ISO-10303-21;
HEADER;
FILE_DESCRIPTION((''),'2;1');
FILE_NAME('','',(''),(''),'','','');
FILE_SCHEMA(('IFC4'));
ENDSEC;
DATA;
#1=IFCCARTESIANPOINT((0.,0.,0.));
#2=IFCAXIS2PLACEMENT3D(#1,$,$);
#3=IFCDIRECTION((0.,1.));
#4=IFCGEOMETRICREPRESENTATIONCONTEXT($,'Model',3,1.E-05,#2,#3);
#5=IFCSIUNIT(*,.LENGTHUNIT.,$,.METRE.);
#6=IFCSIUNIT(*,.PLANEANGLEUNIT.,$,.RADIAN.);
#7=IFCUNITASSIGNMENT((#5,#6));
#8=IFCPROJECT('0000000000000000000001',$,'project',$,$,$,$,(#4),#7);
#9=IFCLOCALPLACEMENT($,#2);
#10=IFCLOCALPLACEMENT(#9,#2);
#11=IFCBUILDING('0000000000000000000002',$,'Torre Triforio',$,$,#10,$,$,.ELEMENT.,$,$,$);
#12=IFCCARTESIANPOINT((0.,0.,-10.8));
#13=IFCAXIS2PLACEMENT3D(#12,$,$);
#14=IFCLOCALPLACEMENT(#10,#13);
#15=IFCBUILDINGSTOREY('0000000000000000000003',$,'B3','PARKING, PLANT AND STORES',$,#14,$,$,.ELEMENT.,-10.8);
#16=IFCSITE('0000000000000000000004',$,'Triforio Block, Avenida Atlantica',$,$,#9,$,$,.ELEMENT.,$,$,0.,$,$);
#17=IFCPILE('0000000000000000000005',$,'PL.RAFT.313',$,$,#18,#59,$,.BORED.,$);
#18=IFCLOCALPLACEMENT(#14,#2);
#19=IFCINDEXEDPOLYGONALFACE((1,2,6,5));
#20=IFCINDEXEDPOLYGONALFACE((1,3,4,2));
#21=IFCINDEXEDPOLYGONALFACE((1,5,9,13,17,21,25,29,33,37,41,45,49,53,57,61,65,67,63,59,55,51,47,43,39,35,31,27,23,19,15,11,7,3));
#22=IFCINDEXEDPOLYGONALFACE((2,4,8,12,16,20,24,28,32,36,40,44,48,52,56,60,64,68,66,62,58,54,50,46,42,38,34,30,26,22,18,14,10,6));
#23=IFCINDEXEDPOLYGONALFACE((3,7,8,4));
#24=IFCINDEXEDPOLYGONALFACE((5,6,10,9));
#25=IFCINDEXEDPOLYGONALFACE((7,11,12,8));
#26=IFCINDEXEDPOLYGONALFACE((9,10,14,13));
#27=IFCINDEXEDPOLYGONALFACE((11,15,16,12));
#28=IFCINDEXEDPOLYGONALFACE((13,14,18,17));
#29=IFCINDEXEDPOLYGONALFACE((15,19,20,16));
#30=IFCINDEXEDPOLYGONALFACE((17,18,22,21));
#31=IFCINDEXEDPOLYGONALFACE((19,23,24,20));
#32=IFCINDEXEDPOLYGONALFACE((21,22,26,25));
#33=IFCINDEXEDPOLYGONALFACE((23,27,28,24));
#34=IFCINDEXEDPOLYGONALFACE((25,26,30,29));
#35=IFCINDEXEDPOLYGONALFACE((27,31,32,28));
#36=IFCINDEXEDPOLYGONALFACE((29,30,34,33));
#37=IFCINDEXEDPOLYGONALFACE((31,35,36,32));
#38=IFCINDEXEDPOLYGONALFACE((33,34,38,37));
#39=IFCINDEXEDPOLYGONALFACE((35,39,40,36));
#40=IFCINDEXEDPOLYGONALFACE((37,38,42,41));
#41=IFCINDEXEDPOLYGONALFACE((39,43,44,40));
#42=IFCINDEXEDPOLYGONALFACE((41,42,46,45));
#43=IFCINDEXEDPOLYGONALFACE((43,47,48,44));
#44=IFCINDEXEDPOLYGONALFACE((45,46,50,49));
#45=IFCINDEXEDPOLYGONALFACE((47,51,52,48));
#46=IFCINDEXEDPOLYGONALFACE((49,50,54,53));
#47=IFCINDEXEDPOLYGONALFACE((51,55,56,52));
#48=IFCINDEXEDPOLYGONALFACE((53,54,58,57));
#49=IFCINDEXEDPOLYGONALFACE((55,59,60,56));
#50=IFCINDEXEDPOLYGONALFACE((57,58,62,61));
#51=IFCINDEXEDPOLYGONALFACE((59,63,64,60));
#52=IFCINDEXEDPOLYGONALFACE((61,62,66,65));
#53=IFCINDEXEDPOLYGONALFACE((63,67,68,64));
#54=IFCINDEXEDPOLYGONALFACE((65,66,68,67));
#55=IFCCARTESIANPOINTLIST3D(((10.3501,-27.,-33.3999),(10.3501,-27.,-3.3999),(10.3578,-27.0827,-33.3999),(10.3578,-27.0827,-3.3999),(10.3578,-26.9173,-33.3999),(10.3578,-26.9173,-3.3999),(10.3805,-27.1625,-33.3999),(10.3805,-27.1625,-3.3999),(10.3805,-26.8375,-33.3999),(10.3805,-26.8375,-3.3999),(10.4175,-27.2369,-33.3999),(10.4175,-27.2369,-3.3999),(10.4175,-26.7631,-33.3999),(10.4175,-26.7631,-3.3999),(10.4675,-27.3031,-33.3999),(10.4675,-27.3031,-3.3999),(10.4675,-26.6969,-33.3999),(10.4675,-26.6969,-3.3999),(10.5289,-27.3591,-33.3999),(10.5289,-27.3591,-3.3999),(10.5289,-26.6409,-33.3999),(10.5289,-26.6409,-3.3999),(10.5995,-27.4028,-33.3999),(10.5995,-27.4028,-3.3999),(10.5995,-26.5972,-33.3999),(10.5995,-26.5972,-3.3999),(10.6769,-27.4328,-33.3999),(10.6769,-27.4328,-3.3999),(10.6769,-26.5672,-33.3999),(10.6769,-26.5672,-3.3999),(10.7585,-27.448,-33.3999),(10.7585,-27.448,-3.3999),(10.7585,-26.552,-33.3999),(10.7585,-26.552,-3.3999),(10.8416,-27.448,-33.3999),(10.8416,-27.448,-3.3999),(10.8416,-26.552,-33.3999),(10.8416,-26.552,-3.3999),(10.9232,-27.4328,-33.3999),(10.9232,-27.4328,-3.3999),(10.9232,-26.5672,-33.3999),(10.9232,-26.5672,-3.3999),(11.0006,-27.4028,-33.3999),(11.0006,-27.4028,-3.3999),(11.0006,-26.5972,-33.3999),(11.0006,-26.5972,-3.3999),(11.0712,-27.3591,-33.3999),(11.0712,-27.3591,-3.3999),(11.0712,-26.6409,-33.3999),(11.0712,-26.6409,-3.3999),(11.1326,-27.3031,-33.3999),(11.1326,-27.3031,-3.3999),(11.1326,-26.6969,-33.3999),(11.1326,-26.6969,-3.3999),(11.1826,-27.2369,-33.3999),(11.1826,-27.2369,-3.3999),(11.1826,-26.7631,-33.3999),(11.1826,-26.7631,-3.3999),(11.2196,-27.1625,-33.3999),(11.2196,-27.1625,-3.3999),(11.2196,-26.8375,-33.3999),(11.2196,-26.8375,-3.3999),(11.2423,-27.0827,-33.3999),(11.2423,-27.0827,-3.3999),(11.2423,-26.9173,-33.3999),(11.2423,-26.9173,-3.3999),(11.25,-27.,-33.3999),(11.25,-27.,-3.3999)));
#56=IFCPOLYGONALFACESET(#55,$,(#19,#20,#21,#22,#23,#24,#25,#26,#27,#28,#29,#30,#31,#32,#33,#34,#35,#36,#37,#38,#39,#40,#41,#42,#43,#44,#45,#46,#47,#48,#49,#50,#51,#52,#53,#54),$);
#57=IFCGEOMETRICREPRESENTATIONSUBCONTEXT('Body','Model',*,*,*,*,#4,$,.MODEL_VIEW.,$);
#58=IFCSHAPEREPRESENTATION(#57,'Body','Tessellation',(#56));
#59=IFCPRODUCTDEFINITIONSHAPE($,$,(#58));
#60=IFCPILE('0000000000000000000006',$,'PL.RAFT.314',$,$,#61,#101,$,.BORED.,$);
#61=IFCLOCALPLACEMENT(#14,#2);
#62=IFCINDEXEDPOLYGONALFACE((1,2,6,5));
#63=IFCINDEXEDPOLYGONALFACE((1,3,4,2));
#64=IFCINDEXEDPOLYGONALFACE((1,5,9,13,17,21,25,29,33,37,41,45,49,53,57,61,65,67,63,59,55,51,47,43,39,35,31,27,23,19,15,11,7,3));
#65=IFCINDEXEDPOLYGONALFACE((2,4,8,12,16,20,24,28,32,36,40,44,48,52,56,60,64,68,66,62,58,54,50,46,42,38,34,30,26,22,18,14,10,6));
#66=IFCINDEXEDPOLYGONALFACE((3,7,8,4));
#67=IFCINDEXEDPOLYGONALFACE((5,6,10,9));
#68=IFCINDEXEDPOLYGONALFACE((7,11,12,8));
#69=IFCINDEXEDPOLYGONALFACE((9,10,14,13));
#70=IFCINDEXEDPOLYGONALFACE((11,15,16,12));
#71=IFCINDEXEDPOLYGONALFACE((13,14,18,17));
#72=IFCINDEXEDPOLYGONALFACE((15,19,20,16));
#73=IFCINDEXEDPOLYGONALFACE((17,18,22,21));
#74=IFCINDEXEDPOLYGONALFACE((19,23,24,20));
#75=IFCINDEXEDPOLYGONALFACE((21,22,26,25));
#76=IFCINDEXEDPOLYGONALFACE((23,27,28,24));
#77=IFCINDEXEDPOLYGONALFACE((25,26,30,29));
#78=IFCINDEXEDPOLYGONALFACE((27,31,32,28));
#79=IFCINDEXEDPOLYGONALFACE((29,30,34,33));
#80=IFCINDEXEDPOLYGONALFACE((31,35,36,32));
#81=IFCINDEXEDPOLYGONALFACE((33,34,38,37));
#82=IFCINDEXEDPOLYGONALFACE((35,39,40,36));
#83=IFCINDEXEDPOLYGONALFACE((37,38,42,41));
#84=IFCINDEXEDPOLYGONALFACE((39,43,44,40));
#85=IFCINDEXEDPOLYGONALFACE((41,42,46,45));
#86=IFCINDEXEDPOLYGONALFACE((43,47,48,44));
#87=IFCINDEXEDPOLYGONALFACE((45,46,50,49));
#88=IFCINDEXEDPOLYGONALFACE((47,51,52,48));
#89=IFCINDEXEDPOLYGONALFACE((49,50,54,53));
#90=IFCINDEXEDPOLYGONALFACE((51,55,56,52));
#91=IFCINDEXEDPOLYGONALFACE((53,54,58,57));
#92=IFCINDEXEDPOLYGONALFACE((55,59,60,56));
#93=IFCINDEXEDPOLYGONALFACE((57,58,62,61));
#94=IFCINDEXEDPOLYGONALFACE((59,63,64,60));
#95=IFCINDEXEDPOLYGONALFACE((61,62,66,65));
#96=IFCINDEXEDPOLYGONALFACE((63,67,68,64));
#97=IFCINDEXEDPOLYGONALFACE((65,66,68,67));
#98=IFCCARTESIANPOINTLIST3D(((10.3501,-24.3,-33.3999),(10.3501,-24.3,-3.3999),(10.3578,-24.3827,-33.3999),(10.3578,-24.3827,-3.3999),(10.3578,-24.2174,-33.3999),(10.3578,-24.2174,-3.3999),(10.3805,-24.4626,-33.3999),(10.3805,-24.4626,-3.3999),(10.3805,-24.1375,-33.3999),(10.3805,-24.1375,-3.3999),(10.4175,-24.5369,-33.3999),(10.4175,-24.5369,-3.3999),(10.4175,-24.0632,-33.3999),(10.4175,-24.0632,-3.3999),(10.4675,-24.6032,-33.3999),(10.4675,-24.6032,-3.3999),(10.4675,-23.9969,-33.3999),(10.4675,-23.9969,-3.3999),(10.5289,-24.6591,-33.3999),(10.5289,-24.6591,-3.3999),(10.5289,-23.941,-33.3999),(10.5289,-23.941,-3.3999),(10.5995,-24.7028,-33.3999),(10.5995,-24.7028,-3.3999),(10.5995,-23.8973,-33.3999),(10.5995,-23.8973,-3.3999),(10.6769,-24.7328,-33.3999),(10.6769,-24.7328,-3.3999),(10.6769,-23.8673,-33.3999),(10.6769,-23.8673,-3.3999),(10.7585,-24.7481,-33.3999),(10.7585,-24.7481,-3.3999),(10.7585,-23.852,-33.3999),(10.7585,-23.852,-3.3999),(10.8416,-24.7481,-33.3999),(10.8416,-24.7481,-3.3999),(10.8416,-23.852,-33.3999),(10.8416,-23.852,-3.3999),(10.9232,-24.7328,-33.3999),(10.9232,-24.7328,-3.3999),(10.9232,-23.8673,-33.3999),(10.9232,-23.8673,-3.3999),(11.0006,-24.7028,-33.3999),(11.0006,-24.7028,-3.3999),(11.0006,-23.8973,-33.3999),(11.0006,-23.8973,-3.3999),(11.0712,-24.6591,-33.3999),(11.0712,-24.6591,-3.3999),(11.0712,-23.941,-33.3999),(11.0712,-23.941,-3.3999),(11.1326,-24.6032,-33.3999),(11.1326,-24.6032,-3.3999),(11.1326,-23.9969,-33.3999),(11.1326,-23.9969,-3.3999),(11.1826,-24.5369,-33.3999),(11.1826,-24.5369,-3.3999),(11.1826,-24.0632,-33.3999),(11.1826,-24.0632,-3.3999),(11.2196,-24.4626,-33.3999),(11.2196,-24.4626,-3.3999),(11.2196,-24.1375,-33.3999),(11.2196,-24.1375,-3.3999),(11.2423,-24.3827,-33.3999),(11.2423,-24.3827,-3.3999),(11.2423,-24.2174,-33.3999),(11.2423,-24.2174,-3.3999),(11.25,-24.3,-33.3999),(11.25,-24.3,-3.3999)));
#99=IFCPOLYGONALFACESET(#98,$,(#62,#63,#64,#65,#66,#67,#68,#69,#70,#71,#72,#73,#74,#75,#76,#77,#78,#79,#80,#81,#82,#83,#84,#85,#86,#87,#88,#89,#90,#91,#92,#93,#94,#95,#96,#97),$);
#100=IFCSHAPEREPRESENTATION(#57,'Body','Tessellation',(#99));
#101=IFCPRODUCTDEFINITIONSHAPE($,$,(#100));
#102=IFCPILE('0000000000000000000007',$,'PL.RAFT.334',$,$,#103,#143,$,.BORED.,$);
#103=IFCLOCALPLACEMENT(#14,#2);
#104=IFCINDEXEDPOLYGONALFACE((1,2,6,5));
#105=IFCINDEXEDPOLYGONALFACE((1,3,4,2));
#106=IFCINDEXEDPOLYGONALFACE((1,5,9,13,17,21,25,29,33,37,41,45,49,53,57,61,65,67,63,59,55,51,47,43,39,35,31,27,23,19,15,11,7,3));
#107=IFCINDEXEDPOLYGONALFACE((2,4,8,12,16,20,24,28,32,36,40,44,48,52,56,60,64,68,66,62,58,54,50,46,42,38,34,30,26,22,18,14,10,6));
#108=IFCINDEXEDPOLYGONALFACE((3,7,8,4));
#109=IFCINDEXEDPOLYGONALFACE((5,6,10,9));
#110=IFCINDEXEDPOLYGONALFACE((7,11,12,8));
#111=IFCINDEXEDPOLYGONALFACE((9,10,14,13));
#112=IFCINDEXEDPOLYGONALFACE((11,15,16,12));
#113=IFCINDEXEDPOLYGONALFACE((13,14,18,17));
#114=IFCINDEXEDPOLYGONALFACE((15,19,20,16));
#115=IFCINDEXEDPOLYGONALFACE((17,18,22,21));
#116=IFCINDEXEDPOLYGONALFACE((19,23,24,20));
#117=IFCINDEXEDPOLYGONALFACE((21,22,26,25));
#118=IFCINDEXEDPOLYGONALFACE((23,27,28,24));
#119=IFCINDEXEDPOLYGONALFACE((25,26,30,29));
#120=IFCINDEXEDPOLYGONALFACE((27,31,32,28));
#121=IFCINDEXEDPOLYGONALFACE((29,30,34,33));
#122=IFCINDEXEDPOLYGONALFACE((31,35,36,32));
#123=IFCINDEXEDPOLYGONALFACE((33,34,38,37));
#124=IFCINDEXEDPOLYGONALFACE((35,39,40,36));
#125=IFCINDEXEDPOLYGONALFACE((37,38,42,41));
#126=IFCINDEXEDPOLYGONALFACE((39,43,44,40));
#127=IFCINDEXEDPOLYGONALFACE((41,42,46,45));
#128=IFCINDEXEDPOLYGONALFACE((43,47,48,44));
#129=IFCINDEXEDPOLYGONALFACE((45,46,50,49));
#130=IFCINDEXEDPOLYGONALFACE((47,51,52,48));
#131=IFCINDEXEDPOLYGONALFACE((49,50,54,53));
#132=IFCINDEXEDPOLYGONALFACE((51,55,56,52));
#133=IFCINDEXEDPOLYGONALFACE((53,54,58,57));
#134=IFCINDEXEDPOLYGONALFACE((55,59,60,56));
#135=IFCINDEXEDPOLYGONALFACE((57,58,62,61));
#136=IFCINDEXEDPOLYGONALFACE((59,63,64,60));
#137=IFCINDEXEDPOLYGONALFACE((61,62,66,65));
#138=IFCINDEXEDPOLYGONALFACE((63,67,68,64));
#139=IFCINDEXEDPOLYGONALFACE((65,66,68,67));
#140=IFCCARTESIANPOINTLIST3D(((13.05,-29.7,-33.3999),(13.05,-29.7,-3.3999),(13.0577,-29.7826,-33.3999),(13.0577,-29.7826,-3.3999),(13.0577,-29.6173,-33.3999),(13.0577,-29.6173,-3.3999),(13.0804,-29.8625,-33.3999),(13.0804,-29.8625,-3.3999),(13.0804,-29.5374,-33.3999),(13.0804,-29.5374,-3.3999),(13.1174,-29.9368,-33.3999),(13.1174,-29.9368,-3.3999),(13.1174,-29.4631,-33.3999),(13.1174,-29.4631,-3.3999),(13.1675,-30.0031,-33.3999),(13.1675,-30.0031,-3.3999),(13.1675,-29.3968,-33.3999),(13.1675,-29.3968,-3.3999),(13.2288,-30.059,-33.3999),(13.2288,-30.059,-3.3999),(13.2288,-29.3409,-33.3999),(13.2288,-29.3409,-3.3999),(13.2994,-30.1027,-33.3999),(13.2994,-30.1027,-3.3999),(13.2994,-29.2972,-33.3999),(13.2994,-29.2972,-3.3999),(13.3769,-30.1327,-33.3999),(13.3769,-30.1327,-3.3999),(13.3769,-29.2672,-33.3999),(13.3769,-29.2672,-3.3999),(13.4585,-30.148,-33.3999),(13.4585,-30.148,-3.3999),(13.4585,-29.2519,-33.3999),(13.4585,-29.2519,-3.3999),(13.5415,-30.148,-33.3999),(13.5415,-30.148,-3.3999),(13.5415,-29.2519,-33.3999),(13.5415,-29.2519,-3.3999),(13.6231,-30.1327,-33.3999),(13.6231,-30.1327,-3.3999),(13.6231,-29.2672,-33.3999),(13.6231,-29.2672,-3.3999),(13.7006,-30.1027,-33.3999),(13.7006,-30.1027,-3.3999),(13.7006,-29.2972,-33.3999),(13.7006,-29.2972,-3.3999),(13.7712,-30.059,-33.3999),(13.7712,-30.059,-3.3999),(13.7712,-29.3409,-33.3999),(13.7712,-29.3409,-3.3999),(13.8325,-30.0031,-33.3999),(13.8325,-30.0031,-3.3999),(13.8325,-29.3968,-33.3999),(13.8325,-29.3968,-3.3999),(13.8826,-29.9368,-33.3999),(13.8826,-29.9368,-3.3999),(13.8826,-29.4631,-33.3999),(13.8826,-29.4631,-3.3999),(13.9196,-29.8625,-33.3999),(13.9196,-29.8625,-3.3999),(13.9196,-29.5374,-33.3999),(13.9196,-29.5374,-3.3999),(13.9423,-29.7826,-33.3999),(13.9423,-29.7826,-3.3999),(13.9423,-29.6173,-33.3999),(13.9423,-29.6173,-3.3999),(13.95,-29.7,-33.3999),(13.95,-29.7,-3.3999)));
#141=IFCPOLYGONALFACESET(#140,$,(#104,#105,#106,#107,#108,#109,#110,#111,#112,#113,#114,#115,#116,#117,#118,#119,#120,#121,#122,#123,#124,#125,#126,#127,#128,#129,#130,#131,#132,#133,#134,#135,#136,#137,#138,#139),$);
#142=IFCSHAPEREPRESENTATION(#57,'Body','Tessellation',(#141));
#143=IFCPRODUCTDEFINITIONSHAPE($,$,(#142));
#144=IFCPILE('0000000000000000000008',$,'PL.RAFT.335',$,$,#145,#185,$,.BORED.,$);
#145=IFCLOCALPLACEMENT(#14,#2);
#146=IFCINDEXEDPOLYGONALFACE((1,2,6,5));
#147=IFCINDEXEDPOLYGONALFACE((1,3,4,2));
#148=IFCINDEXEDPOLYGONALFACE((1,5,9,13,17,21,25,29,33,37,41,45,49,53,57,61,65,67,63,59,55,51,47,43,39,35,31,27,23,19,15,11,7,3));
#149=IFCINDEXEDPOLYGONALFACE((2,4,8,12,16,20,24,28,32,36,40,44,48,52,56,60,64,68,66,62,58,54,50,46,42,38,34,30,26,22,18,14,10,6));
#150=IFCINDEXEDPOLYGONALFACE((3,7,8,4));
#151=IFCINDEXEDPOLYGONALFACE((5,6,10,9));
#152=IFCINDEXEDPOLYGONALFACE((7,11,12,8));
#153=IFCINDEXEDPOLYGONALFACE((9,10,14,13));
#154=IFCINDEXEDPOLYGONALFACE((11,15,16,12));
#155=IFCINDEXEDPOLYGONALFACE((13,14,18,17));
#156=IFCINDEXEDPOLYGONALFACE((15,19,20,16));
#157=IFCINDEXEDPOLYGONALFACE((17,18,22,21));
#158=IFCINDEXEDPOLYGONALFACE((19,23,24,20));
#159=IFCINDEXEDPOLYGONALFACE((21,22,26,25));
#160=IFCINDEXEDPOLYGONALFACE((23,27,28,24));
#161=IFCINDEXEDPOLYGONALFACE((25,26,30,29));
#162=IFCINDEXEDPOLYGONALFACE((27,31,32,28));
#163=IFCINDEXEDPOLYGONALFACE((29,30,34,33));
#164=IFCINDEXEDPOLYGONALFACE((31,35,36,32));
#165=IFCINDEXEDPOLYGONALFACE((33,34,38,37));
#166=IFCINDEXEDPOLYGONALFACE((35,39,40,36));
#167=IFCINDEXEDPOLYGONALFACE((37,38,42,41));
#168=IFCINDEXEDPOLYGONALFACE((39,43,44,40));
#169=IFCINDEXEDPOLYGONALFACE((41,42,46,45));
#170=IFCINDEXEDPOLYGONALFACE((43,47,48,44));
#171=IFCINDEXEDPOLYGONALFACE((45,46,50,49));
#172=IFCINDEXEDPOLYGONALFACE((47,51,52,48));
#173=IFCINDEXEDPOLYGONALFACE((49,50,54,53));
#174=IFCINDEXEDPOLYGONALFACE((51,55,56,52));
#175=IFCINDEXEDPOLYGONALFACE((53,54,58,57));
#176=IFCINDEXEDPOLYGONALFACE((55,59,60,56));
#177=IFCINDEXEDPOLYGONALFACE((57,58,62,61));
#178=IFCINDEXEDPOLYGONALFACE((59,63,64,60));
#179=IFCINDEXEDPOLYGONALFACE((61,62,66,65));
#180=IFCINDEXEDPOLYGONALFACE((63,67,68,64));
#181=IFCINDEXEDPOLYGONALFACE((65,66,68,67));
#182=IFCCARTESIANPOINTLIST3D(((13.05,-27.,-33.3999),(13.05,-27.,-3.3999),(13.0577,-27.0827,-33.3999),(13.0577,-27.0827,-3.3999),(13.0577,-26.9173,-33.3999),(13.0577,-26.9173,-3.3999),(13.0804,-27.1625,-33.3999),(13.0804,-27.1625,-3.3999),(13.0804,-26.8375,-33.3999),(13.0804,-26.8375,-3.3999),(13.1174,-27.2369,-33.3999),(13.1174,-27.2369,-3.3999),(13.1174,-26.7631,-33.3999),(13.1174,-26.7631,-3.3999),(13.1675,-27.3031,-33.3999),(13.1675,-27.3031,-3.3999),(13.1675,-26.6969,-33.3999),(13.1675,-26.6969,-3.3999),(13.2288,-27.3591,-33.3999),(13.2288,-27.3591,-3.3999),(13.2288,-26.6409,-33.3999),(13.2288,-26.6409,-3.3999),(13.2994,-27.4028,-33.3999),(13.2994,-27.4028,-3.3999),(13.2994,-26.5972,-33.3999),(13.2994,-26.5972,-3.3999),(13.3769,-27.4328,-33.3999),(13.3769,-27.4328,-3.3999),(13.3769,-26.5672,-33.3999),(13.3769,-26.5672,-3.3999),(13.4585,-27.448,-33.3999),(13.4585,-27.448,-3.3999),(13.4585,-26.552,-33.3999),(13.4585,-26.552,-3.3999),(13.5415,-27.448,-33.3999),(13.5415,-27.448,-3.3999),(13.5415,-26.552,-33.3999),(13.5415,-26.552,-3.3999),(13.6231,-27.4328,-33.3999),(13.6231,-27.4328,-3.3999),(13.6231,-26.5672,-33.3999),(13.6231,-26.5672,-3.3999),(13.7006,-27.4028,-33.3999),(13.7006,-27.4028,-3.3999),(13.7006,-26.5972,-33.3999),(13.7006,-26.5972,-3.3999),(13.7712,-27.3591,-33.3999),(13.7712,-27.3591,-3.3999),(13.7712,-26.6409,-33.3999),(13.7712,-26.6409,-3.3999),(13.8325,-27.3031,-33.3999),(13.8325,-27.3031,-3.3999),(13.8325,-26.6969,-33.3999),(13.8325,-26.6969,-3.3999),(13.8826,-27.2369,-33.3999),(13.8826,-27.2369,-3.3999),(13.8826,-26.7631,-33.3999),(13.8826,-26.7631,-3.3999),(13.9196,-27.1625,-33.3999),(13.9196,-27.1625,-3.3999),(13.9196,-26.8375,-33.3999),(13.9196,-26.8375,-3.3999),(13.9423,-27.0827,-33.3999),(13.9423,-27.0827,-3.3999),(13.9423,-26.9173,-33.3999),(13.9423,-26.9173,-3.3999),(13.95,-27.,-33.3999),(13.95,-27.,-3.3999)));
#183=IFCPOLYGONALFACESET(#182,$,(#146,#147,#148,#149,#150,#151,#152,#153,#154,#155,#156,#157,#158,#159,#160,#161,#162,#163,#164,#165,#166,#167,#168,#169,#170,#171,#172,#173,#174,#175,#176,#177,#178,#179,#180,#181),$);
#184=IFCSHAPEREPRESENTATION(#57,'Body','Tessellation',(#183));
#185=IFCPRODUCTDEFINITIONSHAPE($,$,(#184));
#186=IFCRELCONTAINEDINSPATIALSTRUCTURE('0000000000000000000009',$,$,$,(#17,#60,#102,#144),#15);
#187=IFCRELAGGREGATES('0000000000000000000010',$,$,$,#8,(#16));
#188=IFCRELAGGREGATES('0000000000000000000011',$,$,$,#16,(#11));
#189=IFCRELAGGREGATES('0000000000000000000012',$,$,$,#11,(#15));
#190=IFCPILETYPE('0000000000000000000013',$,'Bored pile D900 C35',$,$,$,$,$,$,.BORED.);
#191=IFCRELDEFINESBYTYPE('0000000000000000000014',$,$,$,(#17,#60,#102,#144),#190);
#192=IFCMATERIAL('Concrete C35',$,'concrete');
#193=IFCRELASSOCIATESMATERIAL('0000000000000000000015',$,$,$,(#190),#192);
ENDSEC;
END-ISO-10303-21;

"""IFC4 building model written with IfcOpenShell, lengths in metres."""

from ifc_helpers import new_model, si_unit, direction, frame, origin, origin_2d, place, context, subcontext, project, spatial, circle, extrude, material, material_profile, profile_set, type_object, element, save


model = new_model("IFC4")

# Units and contexts
model_context = context("Model", 3, precision=1e-05, world=origin(), true_north=direction((0.0, 1.0)))
body_context = subcontext(model_context, "Body", "Model", "MODEL_VIEW")
ifc_project = project(units=[si_unit("LENGTHUNIT", "METRE"), si_unit("PLANEANGLEUNIT", "RADIAN")], contexts=[model_context])

# Site, building, storey
site_placement = place(None, origin())
site = spatial("IfcSite", under=ifc_project, at=site_placement, Name="Triforio Block, Avenida Atlantica", CompositionType="ELEMENT", RefElevation=0.0)
building_placement = place(site_placement, origin())
building = spatial("IfcBuilding", under=site, at=building_placement, Name="Torre Triforio", CompositionType="ELEMENT")
storey_placement = place(building_placement, frame((0.0, 0.0, -10.8)))
storey = spatial("IfcBuildingStorey", under=building, at=storey_placement, Name="B3", Description="PARKING, PLANT AND STORES", CompositionType="ELEMENT", Elevation=-10.8)

# Piles
ifc_material_1 = material(Name="Concrete C35", Category="concrete")
ifc_material_profile_1 = material_profile(ifc_material_1, circle(Radius=0.45, at=origin_2d()), Name="RC D900")
ifc_profile_set_1 = profile_set([ifc_material_profile_1], Name="Concrete C35")
pile_type = type_object("IfcPileType", Name="Bored pile D900 C35", PredefinedType="BORED", material=ifc_profile_set_1)
for number, where, z_axis, x_axis, name in (
    (1, (10.8, -27.0, -3.3999), (0.0, 0.0, -1.0), (1.0, 0.0, 0.0), "PL.RAFT.313"),
    (2, (10.8, -24.3, -3.3999), (0.0, 0.0, -1.0), (1.0, 0.0, 0.0), "PL.RAFT.314"),
    (3, (13.5, -29.7, -3.3999), (0.0, 0.0, -1.0), (1.0, 0.0, 0.0), "PL.RAFT.334"),
    (4, (13.5, -27.0, -3.3999), (0.0, 0.0, -1.0), (1.0, 0.0, 0.0), "PL.RAFT.335"),
):
    element("IfcPile", number, at=place(storey_placement, frame(where, z_axis=z_axis, x_axis=x_axis)), inside=storey, type_object=pile_type, Name=name, PredefinedType="BORED", context=body_context, shape_type="SweptSolid", body=[
        extrude(circle(Radius=0.45, at=origin_2d()), origin(), (0.0, 0.0, 1.0), 30.0),
    ])

save(model, "model.ifc")
